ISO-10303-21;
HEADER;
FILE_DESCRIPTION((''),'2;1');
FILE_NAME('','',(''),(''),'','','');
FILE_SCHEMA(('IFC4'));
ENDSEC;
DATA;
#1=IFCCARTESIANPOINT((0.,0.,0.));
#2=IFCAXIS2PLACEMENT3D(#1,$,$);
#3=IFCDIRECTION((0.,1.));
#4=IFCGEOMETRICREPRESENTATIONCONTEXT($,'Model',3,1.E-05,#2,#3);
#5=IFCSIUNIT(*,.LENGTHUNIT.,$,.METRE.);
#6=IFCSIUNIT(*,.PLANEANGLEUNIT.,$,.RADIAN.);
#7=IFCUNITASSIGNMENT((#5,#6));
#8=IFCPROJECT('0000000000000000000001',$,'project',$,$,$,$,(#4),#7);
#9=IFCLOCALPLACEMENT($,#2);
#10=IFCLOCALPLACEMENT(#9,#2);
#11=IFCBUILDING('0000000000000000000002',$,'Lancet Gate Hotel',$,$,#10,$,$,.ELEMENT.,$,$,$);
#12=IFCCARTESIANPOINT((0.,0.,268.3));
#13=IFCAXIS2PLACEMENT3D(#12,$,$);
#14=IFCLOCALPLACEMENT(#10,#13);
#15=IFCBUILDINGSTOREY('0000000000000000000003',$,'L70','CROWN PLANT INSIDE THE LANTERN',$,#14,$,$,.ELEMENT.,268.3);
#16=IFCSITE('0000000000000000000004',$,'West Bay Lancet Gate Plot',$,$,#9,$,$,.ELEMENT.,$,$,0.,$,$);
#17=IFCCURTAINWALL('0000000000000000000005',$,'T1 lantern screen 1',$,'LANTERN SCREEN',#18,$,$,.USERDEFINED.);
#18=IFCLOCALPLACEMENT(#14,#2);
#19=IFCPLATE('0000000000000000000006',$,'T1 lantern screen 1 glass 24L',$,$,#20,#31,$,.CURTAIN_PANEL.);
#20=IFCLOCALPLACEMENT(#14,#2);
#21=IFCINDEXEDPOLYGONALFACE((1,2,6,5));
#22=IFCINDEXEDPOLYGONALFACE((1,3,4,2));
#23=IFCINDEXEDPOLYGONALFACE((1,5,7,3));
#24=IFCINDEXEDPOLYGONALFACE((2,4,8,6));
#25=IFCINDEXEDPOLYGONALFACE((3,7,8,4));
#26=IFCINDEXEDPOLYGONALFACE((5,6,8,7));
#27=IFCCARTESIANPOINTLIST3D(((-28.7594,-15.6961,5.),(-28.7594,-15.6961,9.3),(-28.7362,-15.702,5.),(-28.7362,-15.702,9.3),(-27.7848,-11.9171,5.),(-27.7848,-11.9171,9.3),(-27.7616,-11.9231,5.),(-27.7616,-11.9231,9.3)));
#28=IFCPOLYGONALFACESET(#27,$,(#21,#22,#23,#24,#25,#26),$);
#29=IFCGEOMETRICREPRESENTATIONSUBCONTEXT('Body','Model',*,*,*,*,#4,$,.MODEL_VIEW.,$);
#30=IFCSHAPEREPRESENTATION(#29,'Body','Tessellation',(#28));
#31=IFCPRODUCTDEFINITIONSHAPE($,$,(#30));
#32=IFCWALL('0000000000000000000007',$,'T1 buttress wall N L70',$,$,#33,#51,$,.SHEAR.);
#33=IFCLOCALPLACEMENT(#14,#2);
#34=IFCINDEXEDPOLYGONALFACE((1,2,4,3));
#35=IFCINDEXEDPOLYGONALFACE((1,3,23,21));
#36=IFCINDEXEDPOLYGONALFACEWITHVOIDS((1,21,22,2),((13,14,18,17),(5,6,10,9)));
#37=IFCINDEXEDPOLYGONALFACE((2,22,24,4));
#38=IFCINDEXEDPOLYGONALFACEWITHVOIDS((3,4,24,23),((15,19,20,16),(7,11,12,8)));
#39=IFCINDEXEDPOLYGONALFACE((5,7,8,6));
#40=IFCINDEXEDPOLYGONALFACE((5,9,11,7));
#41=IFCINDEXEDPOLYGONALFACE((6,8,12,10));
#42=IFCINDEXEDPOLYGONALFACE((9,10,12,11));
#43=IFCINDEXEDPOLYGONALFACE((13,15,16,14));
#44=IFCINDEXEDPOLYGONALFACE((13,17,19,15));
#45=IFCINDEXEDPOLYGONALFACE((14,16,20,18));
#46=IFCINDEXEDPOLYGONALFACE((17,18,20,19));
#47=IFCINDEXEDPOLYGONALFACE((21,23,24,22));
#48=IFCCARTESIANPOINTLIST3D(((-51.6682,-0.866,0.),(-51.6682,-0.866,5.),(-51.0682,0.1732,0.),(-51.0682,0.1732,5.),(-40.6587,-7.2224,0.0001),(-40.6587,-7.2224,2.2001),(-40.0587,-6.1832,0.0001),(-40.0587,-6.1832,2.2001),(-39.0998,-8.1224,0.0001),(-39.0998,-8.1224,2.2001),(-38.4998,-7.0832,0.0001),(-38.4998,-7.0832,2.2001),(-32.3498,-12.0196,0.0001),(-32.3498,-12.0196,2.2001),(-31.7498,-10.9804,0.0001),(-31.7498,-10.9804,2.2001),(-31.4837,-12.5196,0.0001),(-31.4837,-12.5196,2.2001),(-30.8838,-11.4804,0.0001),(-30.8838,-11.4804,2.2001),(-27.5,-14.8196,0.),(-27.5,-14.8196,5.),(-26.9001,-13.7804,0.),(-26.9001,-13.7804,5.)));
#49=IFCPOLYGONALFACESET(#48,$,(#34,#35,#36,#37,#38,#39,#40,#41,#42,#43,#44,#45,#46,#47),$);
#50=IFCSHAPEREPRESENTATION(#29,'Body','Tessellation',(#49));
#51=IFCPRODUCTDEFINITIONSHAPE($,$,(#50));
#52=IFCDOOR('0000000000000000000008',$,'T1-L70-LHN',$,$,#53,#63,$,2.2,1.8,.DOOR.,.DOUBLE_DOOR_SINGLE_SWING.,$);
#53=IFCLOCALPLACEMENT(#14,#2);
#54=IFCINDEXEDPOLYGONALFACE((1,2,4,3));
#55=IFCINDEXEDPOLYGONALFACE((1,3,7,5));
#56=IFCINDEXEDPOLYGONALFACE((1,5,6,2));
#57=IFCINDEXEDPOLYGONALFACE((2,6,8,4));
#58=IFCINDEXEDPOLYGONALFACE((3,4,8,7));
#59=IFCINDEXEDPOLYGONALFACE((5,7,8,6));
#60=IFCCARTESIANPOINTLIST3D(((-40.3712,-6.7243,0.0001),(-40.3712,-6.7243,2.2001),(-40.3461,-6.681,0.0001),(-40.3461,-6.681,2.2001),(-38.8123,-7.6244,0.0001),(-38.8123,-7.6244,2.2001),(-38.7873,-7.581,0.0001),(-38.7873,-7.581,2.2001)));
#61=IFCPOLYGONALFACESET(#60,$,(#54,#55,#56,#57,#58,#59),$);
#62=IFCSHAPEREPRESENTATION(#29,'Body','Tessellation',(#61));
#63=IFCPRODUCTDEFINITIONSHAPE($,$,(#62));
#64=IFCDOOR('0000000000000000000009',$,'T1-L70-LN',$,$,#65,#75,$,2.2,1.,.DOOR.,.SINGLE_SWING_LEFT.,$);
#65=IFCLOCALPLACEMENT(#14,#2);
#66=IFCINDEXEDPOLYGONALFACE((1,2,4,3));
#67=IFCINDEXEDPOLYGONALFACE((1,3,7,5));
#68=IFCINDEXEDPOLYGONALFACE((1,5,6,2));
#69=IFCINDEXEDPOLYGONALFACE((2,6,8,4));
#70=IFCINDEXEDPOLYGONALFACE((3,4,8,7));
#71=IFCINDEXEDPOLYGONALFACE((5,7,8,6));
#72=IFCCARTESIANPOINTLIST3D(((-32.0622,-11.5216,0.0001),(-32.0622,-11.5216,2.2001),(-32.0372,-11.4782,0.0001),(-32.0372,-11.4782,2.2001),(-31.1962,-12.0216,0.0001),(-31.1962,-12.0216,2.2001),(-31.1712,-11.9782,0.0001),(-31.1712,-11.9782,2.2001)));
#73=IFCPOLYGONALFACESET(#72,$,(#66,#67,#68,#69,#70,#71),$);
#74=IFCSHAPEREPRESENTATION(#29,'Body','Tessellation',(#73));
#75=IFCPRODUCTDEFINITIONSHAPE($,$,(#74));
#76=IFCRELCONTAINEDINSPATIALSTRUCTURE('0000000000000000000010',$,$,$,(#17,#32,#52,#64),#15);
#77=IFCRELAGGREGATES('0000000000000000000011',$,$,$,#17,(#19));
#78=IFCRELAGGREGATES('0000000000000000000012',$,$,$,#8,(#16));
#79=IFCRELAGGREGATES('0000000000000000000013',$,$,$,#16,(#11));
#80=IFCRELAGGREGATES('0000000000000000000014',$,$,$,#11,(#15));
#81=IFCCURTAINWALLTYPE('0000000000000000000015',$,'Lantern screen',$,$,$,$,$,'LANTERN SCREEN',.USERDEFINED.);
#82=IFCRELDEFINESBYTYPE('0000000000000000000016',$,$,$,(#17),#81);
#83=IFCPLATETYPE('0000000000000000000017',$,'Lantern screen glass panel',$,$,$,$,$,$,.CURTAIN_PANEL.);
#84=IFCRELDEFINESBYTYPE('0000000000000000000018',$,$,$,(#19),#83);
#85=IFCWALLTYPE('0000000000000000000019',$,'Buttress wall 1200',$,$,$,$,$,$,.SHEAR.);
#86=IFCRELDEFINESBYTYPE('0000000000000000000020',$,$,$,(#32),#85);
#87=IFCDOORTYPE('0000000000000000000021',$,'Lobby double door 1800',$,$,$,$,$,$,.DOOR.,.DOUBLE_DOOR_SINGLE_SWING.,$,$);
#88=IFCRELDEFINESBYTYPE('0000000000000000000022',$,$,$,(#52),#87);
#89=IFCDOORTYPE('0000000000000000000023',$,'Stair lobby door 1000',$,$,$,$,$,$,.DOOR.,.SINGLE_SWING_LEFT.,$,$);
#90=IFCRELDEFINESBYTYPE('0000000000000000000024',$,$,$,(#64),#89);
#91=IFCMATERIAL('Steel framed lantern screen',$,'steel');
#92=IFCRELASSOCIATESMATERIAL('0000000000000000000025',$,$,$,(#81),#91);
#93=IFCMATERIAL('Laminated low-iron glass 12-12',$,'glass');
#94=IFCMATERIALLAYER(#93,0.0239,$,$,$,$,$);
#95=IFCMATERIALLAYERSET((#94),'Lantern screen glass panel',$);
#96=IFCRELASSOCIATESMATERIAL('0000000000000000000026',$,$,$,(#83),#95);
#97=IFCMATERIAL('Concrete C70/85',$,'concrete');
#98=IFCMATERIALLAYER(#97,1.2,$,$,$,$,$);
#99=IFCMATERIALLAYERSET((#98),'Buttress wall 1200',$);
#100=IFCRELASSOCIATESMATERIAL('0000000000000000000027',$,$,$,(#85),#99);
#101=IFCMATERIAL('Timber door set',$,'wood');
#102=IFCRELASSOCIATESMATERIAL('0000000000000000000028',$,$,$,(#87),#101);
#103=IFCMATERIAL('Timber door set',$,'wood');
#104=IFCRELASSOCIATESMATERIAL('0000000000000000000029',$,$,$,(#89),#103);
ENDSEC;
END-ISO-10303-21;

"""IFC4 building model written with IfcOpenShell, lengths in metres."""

from ifc_helpers import new_model, si_unit, direction, frame, frame_2d, origin, origin_2d, place, context, subcontext, project, spatial, rectangle, extrude, material, layer, layer_set, type_object, element, fill, aggregate, save


model = new_model("IFC4")

# Units and contexts
model_context = context("Model", 3, precision=1e-05, world=origin(), true_north=direction((0.0, 1.0)))
body_context = subcontext(model_context, "Body", "Model", "MODEL_VIEW")
ifc_project = project(units=[si_unit("LENGTHUNIT", "METRE"), si_unit("PLANEANGLEUNIT", "RADIAN")], contexts=[model_context])

# Site, building, storey
site_placement = place(None, origin())
site = spatial("IfcSite", under=ifc_project, at=site_placement, Name="West Bay Lancet Gate Plot", CompositionType="ELEMENT", RefElevation=0.0)
building_placement = place(site_placement, origin())
building = spatial("IfcBuilding", under=site, at=building_placement, Name="Lancet Gate Hotel", CompositionType="ELEMENT")
storey_placement = place(building_placement, frame((0.0, 0.0, 268.3)))
storey = spatial("IfcBuildingStorey", under=building, at=storey_placement, Name="L70", Description="CROWN PLANT INSIDE THE LANTERN", CompositionType="ELEMENT", Elevation=268.3)

# Curtain wall
ifc_material_1 = material(Name="Steel framed lantern screen", Category="steel")
curtain_wall_type_1 = type_object("IfcCurtainWallType", Name="Lantern screen", ElementType="LANTERN SCREEN", PredefinedType="USERDEFINED", material=ifc_material_1)
curtain_wall_1_placement = place(storey_placement, origin())
curtain_wall_1 = element("IfcCurtainWall", 1, at=curtain_wall_1_placement, inside=storey, type_object=curtain_wall_type_1, Name="T1 lantern screen 1", ObjectType="LANTERN SCREEN", PredefinedType="USERDEFINED")

# Plate
ifc_material_2 = material(Name="Laminated low-iron glass 12-12", Category="glass")
ifc_layer_1 = layer(ifc_material_2, 0.0239)
ifc_layer_set_1 = layer_set([ifc_layer_1], Name="Lantern screen glass panel")
plate_type_1 = type_object("IfcPlateType", Name="Lantern screen glass panel", PredefinedType="CURTAIN_PANEL", material=ifc_layer_set_1)
plate_1_placement = place(storey_placement, frame((-28.2605, -13.8096, 5.0), z_axis=(0.0, 0.0, 1.0), x_axis=(0.249726, 0.968317, 0.0)))
plate_1 = element("IfcPlate", 2, at=plate_1_placement, type_object=plate_type_1, Name="T1 lantern screen 1 glass 24L", PredefinedType="CURTAIN_PANEL", context=body_context, shape_type="SweptSolid", body=[
    extrude(rectangle(XDim=3.9026, YDim=0.0239, at=origin_2d()), origin(), (0.0, 0.0, 1.0), 4.3),
])
aggregate(curtain_wall_1, [plate_1])

# Wall, openings, doors
ifc_material_3 = material(Name="Concrete C70/85", Category="concrete")
ifc_layer_2 = layer(ifc_material_3, 1.2)
ifc_layer_set_2 = layer_set([ifc_layer_2], Name="Buttress wall 1200")
wall_type_1 = type_object("IfcWallType", Name="Buttress wall 1200", PredefinedType="SHEAR", material=ifc_layer_set_2)
wall_1_placement = place(storey_placement, frame((-27.2, -14.3, 0.0), z_axis=(0.0, 0.0, 1.0), x_axis=(-0.866024, 0.500002, 0.0)))
wall_1 = element("IfcWall", 3, at=wall_1_placement, inside=storey, type_object=wall_type_1, Name="T1 buttress wall N L70", PredefinedType="SHEAR", context=body_context, shape_type="SweptSolid", body=[
    extrude(rectangle(XDim=27.907, YDim=1.2, at=frame_2d((13.9536, 0.0))), origin(), (0.0, 0.0, 1.0), 5.0),
])
opening_1_placement = place(wall_1_placement, frame((4.6001, 0.0, 0.0)))
opening_1 = element("IfcOpeningElement", 4, at=opening_1_placement, cuts=wall_1, PredefinedType="OPENING", context=body_context, shape_type="SweptSolid", body=[
    extrude(rectangle(XDim=1.0, YDim=2.2, at=frame_2d((0.5, 1.1001))), frame((0.0, 0.6099, 0.0), z_axis=(0.0, -1.0, 0.0), x_axis=(1.0, 0.0, 0.0)), (0.0, 0.0, 1.0), 1.22),
])
opening_2_placement = place(wall_1_placement, frame((13.3945, 0.0, 0.0)))
opening_2 = element("IfcOpeningElement", 5, at=opening_2_placement, cuts=wall_1, PredefinedType="OPENING", context=body_context, shape_type="SweptSolid", body=[
    extrude(rectangle(XDim=1.8, YDim=2.2, at=frame_2d((0.8999, 1.1001))), frame((0.0, 0.6099, 0.0), z_axis=(0.0, -1.0, 0.0), x_axis=(1.0, 0.0, 0.0)), (0.0, 0.0, 1.0), 1.22),
])
ifc_material_4 = material(Name="Timber door set", Category="wood")
door_type_1 = type_object("IfcDoorType", Name="Lobby double door 1800", OperationType="DOUBLE_DOOR_SINGLE_SWING", PredefinedType="DOOR", material=ifc_material_4)
door_1_placement = place(opening_2_placement, origin())
door_1 = element("IfcDoor", 6, at=door_1_placement, inside=storey, type_object=door_type_1, Name="T1-L70-LHN", OperationType="DOUBLE_DOOR_SINGLE_SWING", OverallHeight=2.2, OverallWidth=1.8, PredefinedType="DOOR", context=body_context, shape_type="SweptSolid", body=[
    extrude(rectangle(XDim=1.8, YDim=2.2, at=frame_2d((0.8999, 1.1001))), frame((0.0, 0.0249, 0.0), z_axis=(0.0, -1.0, 0.0), x_axis=(1.0, 0.0, 0.0)), (0.0, 0.0, 1.0), 0.05),
])
fill(opening_2, door_1)
ifc_material_5 = material(Name="Timber door set", Category="wood")
door_type_2 = type_object("IfcDoorType", Name="Stair lobby door 1000", OperationType="SINGLE_SWING_LEFT", PredefinedType="DOOR", material=ifc_material_5)
door_2_placement = place(opening_1_placement, origin())
door_2 = element("IfcDoor", 7, at=door_2_placement, inside=storey, type_object=door_type_2, Name="T1-L70-LN", OperationType="SINGLE_SWING_LEFT", OverallHeight=2.2, OverallWidth=1.0, PredefinedType="DOOR", context=body_context, shape_type="SweptSolid", body=[
    extrude(rectangle(XDim=1.0, YDim=2.2, at=frame_2d((0.5, 1.1001))), frame((0.0, 0.0249, 0.0), z_axis=(0.0, -1.0, 0.0), x_axis=(1.0, 0.0, 0.0)), (0.0, 0.0, 1.0), 0.05),
])
fill(opening_1, door_2)

save(model, "model.ifc")
